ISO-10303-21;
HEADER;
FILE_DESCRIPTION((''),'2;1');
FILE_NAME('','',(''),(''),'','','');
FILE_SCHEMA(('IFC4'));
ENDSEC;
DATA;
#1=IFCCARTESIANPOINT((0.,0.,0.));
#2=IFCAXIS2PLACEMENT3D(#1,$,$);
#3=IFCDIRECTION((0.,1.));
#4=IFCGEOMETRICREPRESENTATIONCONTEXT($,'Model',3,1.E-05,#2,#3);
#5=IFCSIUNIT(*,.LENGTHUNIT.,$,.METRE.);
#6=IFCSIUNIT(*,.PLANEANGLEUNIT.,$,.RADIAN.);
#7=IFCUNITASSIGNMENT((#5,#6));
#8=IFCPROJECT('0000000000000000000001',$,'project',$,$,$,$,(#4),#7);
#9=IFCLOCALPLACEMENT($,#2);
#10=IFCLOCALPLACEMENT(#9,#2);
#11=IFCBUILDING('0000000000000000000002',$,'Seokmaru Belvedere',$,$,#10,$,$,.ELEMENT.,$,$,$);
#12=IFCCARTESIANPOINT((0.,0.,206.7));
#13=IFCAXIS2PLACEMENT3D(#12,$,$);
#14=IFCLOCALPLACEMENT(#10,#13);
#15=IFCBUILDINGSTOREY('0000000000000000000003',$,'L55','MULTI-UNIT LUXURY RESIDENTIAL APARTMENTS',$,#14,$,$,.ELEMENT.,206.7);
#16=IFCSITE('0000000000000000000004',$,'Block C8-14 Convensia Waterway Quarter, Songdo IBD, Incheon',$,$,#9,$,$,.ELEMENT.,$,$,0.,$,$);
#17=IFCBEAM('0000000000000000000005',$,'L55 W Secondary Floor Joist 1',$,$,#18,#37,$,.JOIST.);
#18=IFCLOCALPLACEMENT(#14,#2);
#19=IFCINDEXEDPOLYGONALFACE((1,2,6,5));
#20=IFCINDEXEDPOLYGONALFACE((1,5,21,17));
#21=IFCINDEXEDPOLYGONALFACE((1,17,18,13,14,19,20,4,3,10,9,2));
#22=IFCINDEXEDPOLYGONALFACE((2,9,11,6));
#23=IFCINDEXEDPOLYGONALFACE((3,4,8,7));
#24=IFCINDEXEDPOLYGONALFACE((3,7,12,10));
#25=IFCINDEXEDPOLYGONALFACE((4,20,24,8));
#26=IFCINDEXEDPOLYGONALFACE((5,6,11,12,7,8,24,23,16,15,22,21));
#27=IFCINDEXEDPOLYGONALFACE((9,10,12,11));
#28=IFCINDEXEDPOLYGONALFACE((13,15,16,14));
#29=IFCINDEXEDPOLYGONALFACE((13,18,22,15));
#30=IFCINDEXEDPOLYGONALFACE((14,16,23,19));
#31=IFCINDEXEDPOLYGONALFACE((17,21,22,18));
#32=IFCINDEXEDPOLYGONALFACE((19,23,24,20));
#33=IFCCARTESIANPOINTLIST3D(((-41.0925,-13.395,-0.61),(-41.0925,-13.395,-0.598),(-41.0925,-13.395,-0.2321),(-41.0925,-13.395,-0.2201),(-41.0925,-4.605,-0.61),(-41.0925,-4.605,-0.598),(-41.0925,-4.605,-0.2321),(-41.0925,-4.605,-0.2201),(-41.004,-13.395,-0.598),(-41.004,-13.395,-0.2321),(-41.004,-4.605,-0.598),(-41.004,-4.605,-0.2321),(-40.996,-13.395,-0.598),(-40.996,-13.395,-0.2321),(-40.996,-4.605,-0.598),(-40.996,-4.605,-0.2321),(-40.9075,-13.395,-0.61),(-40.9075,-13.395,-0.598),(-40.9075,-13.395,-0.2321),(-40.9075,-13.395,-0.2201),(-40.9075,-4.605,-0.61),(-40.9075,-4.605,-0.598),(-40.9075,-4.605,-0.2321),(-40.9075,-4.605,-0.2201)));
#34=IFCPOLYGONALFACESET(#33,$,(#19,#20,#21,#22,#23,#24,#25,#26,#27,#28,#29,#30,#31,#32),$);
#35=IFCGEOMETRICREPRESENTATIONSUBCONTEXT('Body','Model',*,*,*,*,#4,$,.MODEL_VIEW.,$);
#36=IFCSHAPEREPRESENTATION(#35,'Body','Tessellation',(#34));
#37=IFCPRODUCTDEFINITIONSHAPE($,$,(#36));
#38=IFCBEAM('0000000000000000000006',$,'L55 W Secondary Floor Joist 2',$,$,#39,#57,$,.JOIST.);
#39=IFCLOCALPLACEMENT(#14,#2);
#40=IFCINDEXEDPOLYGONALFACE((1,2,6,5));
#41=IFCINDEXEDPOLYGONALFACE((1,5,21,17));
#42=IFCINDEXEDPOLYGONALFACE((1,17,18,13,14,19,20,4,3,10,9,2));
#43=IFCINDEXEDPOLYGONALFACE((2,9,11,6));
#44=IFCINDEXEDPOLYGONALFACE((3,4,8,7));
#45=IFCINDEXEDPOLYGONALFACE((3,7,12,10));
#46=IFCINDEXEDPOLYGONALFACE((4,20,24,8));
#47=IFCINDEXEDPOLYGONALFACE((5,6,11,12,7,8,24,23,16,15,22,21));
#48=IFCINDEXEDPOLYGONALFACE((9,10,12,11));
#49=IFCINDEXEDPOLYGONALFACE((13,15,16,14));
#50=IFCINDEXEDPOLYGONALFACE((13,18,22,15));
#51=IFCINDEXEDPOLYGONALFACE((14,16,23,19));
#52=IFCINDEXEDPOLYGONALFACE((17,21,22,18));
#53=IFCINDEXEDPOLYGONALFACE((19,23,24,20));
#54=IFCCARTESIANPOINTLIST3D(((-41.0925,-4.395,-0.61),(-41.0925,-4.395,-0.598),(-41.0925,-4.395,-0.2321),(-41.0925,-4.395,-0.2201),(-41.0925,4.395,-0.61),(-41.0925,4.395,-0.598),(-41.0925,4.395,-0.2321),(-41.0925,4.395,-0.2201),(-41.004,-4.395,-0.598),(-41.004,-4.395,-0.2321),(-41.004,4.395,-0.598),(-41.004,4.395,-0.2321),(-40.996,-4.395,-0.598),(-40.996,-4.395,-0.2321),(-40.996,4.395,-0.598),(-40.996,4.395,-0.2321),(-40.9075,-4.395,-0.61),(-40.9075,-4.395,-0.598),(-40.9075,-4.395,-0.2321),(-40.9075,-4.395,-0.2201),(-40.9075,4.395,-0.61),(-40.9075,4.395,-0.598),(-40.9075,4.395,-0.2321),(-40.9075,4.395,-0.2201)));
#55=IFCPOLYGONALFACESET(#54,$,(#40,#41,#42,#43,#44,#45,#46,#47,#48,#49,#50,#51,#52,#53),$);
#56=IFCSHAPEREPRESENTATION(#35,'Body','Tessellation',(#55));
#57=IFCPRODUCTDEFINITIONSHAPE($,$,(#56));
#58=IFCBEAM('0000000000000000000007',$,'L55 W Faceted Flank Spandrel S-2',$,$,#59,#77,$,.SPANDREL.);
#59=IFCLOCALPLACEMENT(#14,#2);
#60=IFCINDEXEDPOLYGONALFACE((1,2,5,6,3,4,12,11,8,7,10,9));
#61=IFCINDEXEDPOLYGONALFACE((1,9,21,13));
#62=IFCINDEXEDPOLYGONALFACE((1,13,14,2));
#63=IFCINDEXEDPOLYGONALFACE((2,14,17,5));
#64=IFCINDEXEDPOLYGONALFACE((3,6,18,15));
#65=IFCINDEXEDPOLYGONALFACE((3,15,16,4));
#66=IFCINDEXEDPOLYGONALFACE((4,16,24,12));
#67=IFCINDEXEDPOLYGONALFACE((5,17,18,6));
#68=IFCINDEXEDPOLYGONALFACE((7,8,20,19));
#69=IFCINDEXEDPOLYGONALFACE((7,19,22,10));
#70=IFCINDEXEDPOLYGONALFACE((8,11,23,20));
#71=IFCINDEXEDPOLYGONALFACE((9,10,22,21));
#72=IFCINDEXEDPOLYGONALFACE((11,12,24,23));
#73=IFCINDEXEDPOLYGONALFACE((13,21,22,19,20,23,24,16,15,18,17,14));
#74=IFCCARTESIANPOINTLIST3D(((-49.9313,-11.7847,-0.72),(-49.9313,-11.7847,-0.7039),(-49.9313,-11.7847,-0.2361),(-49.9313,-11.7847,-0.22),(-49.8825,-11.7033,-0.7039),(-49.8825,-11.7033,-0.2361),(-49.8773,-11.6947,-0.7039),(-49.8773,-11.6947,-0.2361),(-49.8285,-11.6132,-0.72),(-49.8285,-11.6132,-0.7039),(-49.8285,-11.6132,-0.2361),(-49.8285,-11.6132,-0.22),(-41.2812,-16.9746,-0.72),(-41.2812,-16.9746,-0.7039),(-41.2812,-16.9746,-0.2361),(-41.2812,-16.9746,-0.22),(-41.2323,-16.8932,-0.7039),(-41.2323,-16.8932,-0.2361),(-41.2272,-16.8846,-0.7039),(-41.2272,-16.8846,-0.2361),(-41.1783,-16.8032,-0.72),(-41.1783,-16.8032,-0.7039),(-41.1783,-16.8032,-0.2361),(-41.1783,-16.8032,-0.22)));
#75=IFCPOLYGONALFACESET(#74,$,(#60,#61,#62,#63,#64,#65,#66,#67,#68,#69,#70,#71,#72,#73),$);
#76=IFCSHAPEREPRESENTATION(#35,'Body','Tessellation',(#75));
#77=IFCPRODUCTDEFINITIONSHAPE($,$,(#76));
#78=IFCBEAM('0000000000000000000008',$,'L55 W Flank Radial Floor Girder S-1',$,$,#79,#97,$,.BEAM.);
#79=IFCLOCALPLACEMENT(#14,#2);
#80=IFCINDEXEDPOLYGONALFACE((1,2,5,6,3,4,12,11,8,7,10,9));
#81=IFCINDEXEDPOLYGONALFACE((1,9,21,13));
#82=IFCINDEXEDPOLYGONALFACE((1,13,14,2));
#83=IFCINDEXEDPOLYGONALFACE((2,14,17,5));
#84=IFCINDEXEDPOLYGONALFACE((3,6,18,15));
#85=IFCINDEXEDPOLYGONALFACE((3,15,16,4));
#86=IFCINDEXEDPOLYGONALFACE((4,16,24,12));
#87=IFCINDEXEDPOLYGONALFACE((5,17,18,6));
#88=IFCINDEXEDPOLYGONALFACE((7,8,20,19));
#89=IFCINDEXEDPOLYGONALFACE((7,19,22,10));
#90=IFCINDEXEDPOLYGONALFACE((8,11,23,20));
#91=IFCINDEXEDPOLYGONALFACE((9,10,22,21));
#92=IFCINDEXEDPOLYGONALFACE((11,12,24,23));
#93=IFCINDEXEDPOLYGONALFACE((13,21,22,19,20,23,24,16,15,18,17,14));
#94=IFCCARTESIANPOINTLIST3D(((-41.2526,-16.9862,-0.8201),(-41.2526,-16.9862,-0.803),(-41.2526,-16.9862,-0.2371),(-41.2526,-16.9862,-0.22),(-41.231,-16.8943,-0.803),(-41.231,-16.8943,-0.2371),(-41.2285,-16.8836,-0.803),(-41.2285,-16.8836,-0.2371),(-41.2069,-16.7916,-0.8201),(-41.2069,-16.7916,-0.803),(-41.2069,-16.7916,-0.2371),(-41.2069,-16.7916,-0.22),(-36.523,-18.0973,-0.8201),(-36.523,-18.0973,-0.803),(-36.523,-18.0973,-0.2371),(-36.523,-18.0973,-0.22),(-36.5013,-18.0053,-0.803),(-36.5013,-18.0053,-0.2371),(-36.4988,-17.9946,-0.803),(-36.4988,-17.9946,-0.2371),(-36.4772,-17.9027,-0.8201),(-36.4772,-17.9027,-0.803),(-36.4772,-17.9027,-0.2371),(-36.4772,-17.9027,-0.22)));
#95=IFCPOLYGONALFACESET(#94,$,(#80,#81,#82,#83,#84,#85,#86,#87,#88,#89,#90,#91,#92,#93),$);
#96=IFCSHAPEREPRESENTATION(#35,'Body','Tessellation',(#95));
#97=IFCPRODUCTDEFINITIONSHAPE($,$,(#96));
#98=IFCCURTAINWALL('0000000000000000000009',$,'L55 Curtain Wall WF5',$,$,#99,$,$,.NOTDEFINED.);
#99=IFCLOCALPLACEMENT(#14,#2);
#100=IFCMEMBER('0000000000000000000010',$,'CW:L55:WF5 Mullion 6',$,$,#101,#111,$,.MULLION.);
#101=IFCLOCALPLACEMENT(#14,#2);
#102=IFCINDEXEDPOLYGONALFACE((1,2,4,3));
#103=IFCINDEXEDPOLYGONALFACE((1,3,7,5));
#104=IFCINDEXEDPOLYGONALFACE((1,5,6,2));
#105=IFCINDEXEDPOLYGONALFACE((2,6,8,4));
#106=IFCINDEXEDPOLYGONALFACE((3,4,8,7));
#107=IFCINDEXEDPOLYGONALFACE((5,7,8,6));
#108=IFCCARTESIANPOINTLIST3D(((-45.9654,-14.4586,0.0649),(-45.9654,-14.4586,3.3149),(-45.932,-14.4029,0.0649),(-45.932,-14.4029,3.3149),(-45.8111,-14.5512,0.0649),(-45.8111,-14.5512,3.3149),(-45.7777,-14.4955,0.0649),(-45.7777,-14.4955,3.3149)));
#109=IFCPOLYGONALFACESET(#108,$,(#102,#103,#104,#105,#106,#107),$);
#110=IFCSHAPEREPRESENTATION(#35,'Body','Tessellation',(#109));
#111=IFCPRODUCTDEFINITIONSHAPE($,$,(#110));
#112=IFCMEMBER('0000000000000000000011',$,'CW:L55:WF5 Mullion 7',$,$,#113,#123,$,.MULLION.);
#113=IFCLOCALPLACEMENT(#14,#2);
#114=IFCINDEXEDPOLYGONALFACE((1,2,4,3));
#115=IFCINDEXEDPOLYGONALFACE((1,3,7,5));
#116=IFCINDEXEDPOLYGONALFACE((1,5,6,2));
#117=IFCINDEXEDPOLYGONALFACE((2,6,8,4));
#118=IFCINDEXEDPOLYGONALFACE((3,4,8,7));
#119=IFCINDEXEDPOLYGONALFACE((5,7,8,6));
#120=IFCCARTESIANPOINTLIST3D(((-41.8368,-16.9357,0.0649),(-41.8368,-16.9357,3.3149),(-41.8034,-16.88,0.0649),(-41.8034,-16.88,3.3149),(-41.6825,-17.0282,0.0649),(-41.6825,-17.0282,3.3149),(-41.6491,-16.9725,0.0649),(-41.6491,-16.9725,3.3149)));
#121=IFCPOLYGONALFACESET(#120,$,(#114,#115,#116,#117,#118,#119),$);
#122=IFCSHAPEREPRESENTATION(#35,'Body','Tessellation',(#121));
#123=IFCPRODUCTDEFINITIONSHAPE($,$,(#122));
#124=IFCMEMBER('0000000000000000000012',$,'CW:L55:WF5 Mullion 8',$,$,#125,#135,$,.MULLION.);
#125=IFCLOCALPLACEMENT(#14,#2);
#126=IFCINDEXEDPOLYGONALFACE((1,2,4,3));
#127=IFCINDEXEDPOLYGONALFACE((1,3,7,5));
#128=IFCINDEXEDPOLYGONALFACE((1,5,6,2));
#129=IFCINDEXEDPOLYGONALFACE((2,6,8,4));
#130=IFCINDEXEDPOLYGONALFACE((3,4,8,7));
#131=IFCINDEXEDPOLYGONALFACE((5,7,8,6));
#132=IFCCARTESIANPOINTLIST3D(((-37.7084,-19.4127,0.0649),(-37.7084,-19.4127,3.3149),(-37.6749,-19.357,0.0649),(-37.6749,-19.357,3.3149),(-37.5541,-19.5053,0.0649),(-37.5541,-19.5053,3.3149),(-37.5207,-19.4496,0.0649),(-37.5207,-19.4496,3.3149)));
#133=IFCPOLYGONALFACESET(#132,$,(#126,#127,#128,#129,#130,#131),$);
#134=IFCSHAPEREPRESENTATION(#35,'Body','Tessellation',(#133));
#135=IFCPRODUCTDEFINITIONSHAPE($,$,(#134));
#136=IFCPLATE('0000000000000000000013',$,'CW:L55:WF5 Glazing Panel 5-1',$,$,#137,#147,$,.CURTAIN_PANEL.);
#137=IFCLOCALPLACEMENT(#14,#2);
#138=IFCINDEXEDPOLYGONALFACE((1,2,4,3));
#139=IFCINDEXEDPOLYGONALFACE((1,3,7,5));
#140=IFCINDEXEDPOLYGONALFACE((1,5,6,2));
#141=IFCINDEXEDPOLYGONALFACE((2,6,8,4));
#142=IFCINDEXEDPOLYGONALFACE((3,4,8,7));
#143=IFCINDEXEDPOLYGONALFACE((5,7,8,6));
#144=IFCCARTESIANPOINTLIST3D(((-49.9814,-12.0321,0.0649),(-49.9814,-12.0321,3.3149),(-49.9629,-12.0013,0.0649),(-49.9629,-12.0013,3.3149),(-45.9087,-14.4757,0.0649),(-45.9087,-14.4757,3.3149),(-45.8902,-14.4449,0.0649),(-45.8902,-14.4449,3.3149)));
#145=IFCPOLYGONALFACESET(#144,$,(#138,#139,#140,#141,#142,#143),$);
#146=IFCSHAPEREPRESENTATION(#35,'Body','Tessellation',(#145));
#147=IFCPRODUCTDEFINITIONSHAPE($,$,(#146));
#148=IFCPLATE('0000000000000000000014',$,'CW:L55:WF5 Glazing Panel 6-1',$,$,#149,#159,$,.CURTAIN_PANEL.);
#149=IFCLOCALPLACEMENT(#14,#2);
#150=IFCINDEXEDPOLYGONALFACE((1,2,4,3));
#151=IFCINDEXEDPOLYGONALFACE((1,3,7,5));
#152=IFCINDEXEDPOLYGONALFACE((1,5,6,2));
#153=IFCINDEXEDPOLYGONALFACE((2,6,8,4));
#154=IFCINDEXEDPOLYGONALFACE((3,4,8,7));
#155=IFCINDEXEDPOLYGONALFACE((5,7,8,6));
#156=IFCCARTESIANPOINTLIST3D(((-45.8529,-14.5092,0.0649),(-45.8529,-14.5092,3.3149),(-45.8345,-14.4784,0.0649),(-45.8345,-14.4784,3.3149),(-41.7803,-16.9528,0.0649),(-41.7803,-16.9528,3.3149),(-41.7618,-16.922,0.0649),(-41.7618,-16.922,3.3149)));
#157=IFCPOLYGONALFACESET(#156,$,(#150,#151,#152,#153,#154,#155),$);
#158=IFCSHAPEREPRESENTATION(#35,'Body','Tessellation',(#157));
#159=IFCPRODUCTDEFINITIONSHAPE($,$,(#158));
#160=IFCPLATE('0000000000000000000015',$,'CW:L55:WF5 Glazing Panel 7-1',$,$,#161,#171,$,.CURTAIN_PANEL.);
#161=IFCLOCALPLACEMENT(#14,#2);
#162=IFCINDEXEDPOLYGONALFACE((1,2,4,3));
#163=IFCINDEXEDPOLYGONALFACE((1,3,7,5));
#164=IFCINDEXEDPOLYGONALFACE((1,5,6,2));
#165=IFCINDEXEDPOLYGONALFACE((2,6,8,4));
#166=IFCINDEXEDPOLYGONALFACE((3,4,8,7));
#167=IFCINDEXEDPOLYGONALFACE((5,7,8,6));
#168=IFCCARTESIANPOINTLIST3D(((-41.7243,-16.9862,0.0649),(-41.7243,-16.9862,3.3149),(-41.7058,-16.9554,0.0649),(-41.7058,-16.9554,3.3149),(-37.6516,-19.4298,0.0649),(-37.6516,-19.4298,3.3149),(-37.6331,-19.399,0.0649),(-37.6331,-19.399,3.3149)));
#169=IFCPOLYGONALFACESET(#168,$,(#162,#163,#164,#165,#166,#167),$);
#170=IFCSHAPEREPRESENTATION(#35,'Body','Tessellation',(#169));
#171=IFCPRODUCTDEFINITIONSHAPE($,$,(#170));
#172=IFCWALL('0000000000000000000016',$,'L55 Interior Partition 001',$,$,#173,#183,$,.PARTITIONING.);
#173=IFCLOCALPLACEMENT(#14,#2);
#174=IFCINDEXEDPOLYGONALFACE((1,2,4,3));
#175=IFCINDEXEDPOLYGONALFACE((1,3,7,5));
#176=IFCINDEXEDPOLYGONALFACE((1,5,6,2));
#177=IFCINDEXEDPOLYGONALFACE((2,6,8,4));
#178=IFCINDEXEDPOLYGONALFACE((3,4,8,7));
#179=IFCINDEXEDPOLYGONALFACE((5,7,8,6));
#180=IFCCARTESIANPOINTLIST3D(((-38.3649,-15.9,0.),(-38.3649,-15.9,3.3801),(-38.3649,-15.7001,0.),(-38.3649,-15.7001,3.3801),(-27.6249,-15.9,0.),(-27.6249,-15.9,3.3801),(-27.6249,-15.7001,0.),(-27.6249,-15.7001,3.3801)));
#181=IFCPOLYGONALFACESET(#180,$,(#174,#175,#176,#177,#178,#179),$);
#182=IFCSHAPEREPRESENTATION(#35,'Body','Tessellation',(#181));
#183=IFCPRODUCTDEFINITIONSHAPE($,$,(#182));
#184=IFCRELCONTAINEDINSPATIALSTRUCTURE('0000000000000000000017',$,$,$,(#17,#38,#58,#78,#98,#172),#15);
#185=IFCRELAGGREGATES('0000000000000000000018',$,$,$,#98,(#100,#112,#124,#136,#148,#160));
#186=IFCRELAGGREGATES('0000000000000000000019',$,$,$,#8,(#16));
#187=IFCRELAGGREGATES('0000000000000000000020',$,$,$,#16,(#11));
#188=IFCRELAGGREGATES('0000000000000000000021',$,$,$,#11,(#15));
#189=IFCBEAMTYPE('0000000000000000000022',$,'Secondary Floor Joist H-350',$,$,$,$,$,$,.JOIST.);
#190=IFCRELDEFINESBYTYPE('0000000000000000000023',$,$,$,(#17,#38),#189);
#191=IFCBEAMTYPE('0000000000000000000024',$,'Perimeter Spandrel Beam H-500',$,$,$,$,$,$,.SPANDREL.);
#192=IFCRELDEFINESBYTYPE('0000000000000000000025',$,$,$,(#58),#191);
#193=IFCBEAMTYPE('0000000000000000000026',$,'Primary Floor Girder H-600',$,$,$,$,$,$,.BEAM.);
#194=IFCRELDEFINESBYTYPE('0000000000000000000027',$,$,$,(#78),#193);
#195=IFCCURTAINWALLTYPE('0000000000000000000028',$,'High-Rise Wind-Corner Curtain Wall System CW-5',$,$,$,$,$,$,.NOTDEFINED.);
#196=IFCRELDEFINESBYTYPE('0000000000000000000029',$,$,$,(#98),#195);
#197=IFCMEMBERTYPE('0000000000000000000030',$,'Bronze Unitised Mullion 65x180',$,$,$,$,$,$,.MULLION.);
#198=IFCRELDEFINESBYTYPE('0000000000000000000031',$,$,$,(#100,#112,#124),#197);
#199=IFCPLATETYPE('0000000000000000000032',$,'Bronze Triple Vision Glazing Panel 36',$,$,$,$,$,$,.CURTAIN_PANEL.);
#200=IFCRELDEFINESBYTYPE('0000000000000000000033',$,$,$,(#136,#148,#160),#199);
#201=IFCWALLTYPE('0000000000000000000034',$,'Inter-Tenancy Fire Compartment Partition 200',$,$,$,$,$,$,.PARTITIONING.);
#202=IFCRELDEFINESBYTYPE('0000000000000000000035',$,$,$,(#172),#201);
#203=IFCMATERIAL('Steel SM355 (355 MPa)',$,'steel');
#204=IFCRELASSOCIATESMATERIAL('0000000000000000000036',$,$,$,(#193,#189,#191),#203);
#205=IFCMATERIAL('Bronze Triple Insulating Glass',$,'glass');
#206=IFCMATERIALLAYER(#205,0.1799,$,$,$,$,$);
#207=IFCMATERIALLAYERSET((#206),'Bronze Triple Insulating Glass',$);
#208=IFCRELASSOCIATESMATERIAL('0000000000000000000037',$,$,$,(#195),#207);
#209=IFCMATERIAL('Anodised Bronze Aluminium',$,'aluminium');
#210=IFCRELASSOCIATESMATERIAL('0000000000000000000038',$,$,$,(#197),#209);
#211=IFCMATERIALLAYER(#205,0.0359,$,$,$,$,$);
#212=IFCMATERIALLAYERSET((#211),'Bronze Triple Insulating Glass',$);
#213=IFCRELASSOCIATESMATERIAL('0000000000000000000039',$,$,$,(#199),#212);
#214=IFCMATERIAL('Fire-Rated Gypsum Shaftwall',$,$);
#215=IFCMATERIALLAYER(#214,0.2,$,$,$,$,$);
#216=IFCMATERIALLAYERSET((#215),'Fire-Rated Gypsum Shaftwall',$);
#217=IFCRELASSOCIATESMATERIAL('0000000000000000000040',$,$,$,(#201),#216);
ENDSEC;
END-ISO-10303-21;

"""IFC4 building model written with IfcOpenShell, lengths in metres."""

from ifc_helpers import new_model, si_unit, direction, frame, frame_2d, origin, origin_2d, place, context, subcontext, project, spatial, rectangle, i_section, extrude, source, transform, mapped, material, layer, layer_set, material_profile, profile_set, type_object, type_shapes, element, aggregate, save


model = new_model("IFC4")

# Units and contexts
model_context = context("Model", 3, precision=1e-05, world=origin(), true_north=direction((0.0, 1.0)))
body_context = subcontext(model_context, "Body", "Model", "MODEL_VIEW")
ifc_project = project(units=[si_unit("LENGTHUNIT", "METRE"), si_unit("PLANEANGLEUNIT", "RADIAN")], contexts=[model_context])

# Site, building, storey
site_placement = place(None, origin())
site = spatial("IfcSite", under=ifc_project, at=site_placement, Name="Block C8-14 Convensia Waterway Quarter, Songdo IBD, Incheon", CompositionType="ELEMENT", RefElevation=0.0)
building_placement = place(site_placement, origin())
building = spatial("IfcBuilding", under=site, at=building_placement, Name="Seokmaru Belvedere", CompositionType="ELEMENT")
storey_placement = place(building_placement, frame((0.0, 0.0, 206.7)))
storey = spatial("IfcBuildingStorey", under=building, at=storey_placement, Name="L55", Description="MULTI-UNIT LUXURY RESIDENTIAL APARTMENTS", CompositionType="ELEMENT", Elevation=206.7)

# Shared definitions
ifc_material_1 = material(Name="Steel SM355 (355 MPa)", Category="steel")

# Beams
ifc_material_profile_1 = material_profile(ifc_material_1, i_section(OverallWidth=0.2, OverallDepth=0.6001, WebThickness=0.011, FlangeThickness=0.0171, at=origin_2d()), Name="H-600x200x11x17")
ifc_profile_set_1 = profile_set([ifc_material_profile_1], Name="Steel SM355 (355 MPa)")
beam_type_1 = type_object("IfcBeamType", Name="Primary Floor Girder H-600", PredefinedType="BEAM", material=ifc_profile_set_1)
ifc_material_profile_2 = material_profile(ifc_material_1, i_section(OverallWidth=0.1851, OverallDepth=0.3899, WebThickness=0.0081, FlangeThickness=0.012, at=origin_2d()), Name="H-390x185x8x12")
ifc_profile_set_2 = profile_set([ifc_material_profile_2], Name="Steel SM355 (355 MPa)")
beam_type_2 = type_object("IfcBeamType", Name="Secondary Floor Joist H-350", PredefinedType="JOIST", material=ifc_profile_set_2)
shared_shape_1 = source(origin(), body_context, "Body", "SweptSolid", [
    extrude(i_section(OverallWidth=0.1851, OverallDepth=0.3899, WebThickness=0.0081, FlangeThickness=0.012, at=origin_2d()), origin(), (0.0, 0.0, 1.0), 8.79),
])
type_shapes(beam_type_2, [shared_shape_1])
for number, where, z_axis, x_axis, name in (
    (1, (-41.0, -13.395, -0.415), (0.0, 1.0, 0.0), (-1.0, 0.0, 0.0), "L55 W Secondary Floor Joist 1"),
    (2, (-41.0, -4.395, -0.415), (0.0, 1.0, 0.0), (-1.0, 0.0, 0.0), "L55 W Secondary Floor Joist 2"),
):
    element("IfcBeam", number, at=place(storey_placement, frame(where, z_axis=z_axis, x_axis=x_axis)), inside=storey, type_object=beam_type_2, Name=name, PredefinedType="JOIST", context=body_context, shape_type="MappedRepresentation", body=[
        mapped(shared_shape_1, transform((0.0, 0.0, 0.0), scale=1.0)),
    ])
ifc_material_profile_3 = material_profile(ifc_material_1, i_section(OverallWidth=0.2, OverallDepth=0.5, WebThickness=0.01, FlangeThickness=0.0161, at=origin_2d()), Name="H-500x200x10x16")
ifc_profile_set_3 = profile_set([ifc_material_profile_3], Name="Steel SM355 (355 MPa)")
beam_type_3 = type_object("IfcBeamType", Name="Perimeter Spandrel Beam H-500", PredefinedType="SPANDREL", material=ifc_profile_set_3)
shared_shape_2 = source(origin(), body_context, "Body", "SweptSolid", [
    extrude(i_section(OverallWidth=0.2, OverallDepth=0.5, WebThickness=0.01, FlangeThickness=0.0161, at=origin_2d()), origin(), (0.0, 0.0, 1.0), 10.0876),
])
type_shapes(beam_type_3, [shared_shape_2])
beam_1_placement = place(storey_placement, frame((-41.2297, -16.8889, -0.47), z_axis=(-0.857499, 0.514485, 0.0), x_axis=(-0.514485, -0.857499, 0.0)))
element("IfcBeam", 3, at=beam_1_placement, inside=storey, type_object=beam_type_3, Name="L55 W Faceted Flank Spandrel S-2", PredefinedType="SPANDREL", context=body_context, shape_type="MappedRepresentation", body=[
    mapped(shared_shape_2, transform((0.0, 0.0, 0.0), scale=1.0)),
])
shared_shape_3 = source(origin(), body_context, "Body", "SweptSolid", [
    extrude(i_section(OverallWidth=0.2, OverallDepth=0.6001, WebThickness=0.011, FlangeThickness=0.0171, at=origin_2d()), origin(), (0.0, 0.0, 1.0), 4.8584),
])
beam_2_placement = place(storey_placement, frame((-41.2297, -16.8889, -0.52), z_axis=(0.973499, -0.228689, 0.0), x_axis=(0.228689, 0.973499, 0.0)))
element("IfcBeam", 4, at=beam_2_placement, inside=storey, type_object=beam_type_1, Name="L55 W Flank Radial Floor Girder S-1", PredefinedType="BEAM", context=body_context, shape_type="MappedRepresentation", body=[
    mapped(shared_shape_3, transform((0.0, 0.0, 0.0), scale=1.0)),
])

# Curtain wall, members, plates
ifc_material_2 = material(Name="Bronze Triple Insulating Glass", Category="glass")
ifc_layer_1 = layer(ifc_material_2, 0.1799)
ifc_layer_set_1 = layer_set([ifc_layer_1], Name="Bronze Triple Insulating Glass")
curtain_wall_type = type_object("IfcCurtainWallType", Name="High-Rise Wind-Corner Curtain Wall System CW-5", PredefinedType="NOTDEFINED", material=ifc_layer_set_1)
curtain_wall_placement = place(storey_placement, origin())
curtain_wall = element("IfcCurtainWall", 5, at=curtain_wall_placement, inside=storey, type_object=curtain_wall_type, Name="L55 Curtain Wall WF5", PredefinedType="NOTDEFINED")
ifc_material_3 = material(Name="Anodised Bronze Aluminium", Category="aluminium")
ifc_material_profile_4 = material_profile(ifc_material_3, rectangle(XDim=0.0649, YDim=0.1799, at=origin_2d()), Name="CW-M-65x180")
ifc_profile_set_4 = profile_set([ifc_material_profile_4], Name="Anodised Bronze Aluminium")
member_type = type_object("IfcMemberType", Name="Bronze Unitised Mullion 65x180", PredefinedType="MULLION", material=ifc_profile_set_4)
shared_shape_4 = source(origin(), body_context, "Body", "SweptSolid", [
    extrude(rectangle(XDim=0.0649, YDim=0.1799, at=origin_2d()), origin(), (0.0, 0.0, 1.0), 3.25),
])
type_shapes(member_type, [shared_shape_4])
member_1_placement = place(storey_placement, frame((-45.8716, -14.4771, 0.0649), z_axis=(0.0, 0.0, 1.0), x_axis=(0.514495, 0.857493, 0.0)))
member_1 = element("IfcMember", 6, at=member_1_placement, type_object=member_type, Name="CW:L55:WF5 Mullion 6", PredefinedType="MULLION", context=body_context, shape_type="MappedRepresentation", body=[
    mapped(shared_shape_4, transform((0.0, 0.0, 0.0), scale=1.0)),
])
member_2_placement = place(storey_placement, frame((-41.7429, -16.9541, 0.0649), z_axis=(0.0, 0.0, 1.0), x_axis=(0.514495, 0.857493, 0.0)))
member_2 = element("IfcMember", 7, at=member_2_placement, type_object=member_type, Name="CW:L55:WF5 Mullion 7", PredefinedType="MULLION", context=body_context, shape_type="MappedRepresentation", body=[
    mapped(shared_shape_4, transform((0.0, 0.0, 0.0), scale=1.0)),
])
member_3_placement = place(storey_placement, frame((-37.6145, -19.4312, 0.0649), z_axis=(0.0, 0.0, 1.0), x_axis=(0.514495, 0.857493, 0.0)))
member_3 = element("IfcMember", 8, at=member_3_placement, type_object=member_type, Name="CW:L55:WF5 Mullion 8", PredefinedType="MULLION", context=body_context, shape_type="MappedRepresentation", body=[
    mapped(shared_shape_4, transform((0.0, 0.0, 0.0), scale=1.0)),
])
ifc_layer_2 = layer(ifc_material_2, 0.0359)
ifc_layer_set_2 = layer_set([ifc_layer_2], Name="Bronze Triple Insulating Glass")
plate_type = type_object("IfcPlateType", Name="Bronze Triple Vision Glazing Panel 36", PredefinedType="CURTAIN_PANEL", material=ifc_layer_set_2)
shared_shape_5 = source(origin(), body_context, "Body", "SweptSolid", [
    extrude(rectangle(XDim=4.7495, YDim=0.0359, at=origin_2d()), origin(), (0.0, 0.0, 1.0), 3.25),
])
type_shapes(plate_type, [shared_shape_5])
plate_1_placement = place(storey_placement, frame((-47.9358, -13.2385, 0.0649), z_axis=(0.0, 0.0, 1.0), x_axis=(0.857493, -0.514495, 0.0)))
plate_1 = element("IfcPlate", 9, at=plate_1_placement, type_object=plate_type, Name="CW:L55:WF5 Glazing Panel 5-1", PredefinedType="CURTAIN_PANEL", context=body_context, shape_type="MappedRepresentation", body=[
    mapped(shared_shape_5, transform((0.0, 0.0, 0.0), scale=1.0)),
])
plate_2_placement = place(storey_placement, frame((-43.8074, -15.7156, 0.0649), z_axis=(0.0, 0.0, 1.0), x_axis=(0.857493, -0.514495, 0.0)))
plate_2 = element("IfcPlate", 10, at=plate_2_placement, type_object=plate_type, Name="CW:L55:WF5 Glazing Panel 6-1", PredefinedType="CURTAIN_PANEL", context=body_context, shape_type="MappedRepresentation", body=[
    mapped(shared_shape_5, transform((0.0, 0.0, 0.0), scale=1.0)),
])
plate_3_placement = place(storey_placement, frame((-39.6787, -18.1926, 0.0649), z_axis=(0.0, 0.0, 1.0), x_axis=(0.857493, -0.514495, 0.0)))
plate_3 = element("IfcPlate", 11, at=plate_3_placement, type_object=plate_type, Name="CW:L55:WF5 Glazing Panel 7-1", PredefinedType="CURTAIN_PANEL", context=body_context, shape_type="MappedRepresentation", body=[
    mapped(shared_shape_5, transform((0.0, 0.0, 0.0), scale=1.0)),
])
aggregate(curtain_wall, [member_1, member_2, member_3, plate_1, plate_2, plate_3])

# Shared definitions
ifc_material_4 = material(Name="Fire-Rated Gypsum Shaftwall")

# Wall
ifc_layer_3 = layer(ifc_material_4, 0.2)
ifc_layer_set_3 = layer_set([ifc_layer_3], Name="Fire-Rated Gypsum Shaftwall")
wall_type_1 = type_object("IfcWallType", Name="Inter-Tenancy Fire Compartment Partition 200", PredefinedType="PARTITIONING", material=ifc_layer_set_3)
wall_1_placement = place(storey_placement, frame((-38.365, -15.8, 0.0), z_axis=(0.0, 0.0, 1.0), x_axis=(1.0, 0.0, 0.0)))
element("IfcWall", 12, at=wall_1_placement, inside=storey, type_object=wall_type_1, Name="L55 Interior Partition 001", PredefinedType="PARTITIONING", context=body_context, shape_type="SweptSolid", body=[
    extrude(rectangle(XDim=10.74, YDim=0.2, at=frame_2d((5.3701, 0.0))), origin(), (0.0, 0.0, 1.0), 3.3801),
])

save(model, "model.ifc")
